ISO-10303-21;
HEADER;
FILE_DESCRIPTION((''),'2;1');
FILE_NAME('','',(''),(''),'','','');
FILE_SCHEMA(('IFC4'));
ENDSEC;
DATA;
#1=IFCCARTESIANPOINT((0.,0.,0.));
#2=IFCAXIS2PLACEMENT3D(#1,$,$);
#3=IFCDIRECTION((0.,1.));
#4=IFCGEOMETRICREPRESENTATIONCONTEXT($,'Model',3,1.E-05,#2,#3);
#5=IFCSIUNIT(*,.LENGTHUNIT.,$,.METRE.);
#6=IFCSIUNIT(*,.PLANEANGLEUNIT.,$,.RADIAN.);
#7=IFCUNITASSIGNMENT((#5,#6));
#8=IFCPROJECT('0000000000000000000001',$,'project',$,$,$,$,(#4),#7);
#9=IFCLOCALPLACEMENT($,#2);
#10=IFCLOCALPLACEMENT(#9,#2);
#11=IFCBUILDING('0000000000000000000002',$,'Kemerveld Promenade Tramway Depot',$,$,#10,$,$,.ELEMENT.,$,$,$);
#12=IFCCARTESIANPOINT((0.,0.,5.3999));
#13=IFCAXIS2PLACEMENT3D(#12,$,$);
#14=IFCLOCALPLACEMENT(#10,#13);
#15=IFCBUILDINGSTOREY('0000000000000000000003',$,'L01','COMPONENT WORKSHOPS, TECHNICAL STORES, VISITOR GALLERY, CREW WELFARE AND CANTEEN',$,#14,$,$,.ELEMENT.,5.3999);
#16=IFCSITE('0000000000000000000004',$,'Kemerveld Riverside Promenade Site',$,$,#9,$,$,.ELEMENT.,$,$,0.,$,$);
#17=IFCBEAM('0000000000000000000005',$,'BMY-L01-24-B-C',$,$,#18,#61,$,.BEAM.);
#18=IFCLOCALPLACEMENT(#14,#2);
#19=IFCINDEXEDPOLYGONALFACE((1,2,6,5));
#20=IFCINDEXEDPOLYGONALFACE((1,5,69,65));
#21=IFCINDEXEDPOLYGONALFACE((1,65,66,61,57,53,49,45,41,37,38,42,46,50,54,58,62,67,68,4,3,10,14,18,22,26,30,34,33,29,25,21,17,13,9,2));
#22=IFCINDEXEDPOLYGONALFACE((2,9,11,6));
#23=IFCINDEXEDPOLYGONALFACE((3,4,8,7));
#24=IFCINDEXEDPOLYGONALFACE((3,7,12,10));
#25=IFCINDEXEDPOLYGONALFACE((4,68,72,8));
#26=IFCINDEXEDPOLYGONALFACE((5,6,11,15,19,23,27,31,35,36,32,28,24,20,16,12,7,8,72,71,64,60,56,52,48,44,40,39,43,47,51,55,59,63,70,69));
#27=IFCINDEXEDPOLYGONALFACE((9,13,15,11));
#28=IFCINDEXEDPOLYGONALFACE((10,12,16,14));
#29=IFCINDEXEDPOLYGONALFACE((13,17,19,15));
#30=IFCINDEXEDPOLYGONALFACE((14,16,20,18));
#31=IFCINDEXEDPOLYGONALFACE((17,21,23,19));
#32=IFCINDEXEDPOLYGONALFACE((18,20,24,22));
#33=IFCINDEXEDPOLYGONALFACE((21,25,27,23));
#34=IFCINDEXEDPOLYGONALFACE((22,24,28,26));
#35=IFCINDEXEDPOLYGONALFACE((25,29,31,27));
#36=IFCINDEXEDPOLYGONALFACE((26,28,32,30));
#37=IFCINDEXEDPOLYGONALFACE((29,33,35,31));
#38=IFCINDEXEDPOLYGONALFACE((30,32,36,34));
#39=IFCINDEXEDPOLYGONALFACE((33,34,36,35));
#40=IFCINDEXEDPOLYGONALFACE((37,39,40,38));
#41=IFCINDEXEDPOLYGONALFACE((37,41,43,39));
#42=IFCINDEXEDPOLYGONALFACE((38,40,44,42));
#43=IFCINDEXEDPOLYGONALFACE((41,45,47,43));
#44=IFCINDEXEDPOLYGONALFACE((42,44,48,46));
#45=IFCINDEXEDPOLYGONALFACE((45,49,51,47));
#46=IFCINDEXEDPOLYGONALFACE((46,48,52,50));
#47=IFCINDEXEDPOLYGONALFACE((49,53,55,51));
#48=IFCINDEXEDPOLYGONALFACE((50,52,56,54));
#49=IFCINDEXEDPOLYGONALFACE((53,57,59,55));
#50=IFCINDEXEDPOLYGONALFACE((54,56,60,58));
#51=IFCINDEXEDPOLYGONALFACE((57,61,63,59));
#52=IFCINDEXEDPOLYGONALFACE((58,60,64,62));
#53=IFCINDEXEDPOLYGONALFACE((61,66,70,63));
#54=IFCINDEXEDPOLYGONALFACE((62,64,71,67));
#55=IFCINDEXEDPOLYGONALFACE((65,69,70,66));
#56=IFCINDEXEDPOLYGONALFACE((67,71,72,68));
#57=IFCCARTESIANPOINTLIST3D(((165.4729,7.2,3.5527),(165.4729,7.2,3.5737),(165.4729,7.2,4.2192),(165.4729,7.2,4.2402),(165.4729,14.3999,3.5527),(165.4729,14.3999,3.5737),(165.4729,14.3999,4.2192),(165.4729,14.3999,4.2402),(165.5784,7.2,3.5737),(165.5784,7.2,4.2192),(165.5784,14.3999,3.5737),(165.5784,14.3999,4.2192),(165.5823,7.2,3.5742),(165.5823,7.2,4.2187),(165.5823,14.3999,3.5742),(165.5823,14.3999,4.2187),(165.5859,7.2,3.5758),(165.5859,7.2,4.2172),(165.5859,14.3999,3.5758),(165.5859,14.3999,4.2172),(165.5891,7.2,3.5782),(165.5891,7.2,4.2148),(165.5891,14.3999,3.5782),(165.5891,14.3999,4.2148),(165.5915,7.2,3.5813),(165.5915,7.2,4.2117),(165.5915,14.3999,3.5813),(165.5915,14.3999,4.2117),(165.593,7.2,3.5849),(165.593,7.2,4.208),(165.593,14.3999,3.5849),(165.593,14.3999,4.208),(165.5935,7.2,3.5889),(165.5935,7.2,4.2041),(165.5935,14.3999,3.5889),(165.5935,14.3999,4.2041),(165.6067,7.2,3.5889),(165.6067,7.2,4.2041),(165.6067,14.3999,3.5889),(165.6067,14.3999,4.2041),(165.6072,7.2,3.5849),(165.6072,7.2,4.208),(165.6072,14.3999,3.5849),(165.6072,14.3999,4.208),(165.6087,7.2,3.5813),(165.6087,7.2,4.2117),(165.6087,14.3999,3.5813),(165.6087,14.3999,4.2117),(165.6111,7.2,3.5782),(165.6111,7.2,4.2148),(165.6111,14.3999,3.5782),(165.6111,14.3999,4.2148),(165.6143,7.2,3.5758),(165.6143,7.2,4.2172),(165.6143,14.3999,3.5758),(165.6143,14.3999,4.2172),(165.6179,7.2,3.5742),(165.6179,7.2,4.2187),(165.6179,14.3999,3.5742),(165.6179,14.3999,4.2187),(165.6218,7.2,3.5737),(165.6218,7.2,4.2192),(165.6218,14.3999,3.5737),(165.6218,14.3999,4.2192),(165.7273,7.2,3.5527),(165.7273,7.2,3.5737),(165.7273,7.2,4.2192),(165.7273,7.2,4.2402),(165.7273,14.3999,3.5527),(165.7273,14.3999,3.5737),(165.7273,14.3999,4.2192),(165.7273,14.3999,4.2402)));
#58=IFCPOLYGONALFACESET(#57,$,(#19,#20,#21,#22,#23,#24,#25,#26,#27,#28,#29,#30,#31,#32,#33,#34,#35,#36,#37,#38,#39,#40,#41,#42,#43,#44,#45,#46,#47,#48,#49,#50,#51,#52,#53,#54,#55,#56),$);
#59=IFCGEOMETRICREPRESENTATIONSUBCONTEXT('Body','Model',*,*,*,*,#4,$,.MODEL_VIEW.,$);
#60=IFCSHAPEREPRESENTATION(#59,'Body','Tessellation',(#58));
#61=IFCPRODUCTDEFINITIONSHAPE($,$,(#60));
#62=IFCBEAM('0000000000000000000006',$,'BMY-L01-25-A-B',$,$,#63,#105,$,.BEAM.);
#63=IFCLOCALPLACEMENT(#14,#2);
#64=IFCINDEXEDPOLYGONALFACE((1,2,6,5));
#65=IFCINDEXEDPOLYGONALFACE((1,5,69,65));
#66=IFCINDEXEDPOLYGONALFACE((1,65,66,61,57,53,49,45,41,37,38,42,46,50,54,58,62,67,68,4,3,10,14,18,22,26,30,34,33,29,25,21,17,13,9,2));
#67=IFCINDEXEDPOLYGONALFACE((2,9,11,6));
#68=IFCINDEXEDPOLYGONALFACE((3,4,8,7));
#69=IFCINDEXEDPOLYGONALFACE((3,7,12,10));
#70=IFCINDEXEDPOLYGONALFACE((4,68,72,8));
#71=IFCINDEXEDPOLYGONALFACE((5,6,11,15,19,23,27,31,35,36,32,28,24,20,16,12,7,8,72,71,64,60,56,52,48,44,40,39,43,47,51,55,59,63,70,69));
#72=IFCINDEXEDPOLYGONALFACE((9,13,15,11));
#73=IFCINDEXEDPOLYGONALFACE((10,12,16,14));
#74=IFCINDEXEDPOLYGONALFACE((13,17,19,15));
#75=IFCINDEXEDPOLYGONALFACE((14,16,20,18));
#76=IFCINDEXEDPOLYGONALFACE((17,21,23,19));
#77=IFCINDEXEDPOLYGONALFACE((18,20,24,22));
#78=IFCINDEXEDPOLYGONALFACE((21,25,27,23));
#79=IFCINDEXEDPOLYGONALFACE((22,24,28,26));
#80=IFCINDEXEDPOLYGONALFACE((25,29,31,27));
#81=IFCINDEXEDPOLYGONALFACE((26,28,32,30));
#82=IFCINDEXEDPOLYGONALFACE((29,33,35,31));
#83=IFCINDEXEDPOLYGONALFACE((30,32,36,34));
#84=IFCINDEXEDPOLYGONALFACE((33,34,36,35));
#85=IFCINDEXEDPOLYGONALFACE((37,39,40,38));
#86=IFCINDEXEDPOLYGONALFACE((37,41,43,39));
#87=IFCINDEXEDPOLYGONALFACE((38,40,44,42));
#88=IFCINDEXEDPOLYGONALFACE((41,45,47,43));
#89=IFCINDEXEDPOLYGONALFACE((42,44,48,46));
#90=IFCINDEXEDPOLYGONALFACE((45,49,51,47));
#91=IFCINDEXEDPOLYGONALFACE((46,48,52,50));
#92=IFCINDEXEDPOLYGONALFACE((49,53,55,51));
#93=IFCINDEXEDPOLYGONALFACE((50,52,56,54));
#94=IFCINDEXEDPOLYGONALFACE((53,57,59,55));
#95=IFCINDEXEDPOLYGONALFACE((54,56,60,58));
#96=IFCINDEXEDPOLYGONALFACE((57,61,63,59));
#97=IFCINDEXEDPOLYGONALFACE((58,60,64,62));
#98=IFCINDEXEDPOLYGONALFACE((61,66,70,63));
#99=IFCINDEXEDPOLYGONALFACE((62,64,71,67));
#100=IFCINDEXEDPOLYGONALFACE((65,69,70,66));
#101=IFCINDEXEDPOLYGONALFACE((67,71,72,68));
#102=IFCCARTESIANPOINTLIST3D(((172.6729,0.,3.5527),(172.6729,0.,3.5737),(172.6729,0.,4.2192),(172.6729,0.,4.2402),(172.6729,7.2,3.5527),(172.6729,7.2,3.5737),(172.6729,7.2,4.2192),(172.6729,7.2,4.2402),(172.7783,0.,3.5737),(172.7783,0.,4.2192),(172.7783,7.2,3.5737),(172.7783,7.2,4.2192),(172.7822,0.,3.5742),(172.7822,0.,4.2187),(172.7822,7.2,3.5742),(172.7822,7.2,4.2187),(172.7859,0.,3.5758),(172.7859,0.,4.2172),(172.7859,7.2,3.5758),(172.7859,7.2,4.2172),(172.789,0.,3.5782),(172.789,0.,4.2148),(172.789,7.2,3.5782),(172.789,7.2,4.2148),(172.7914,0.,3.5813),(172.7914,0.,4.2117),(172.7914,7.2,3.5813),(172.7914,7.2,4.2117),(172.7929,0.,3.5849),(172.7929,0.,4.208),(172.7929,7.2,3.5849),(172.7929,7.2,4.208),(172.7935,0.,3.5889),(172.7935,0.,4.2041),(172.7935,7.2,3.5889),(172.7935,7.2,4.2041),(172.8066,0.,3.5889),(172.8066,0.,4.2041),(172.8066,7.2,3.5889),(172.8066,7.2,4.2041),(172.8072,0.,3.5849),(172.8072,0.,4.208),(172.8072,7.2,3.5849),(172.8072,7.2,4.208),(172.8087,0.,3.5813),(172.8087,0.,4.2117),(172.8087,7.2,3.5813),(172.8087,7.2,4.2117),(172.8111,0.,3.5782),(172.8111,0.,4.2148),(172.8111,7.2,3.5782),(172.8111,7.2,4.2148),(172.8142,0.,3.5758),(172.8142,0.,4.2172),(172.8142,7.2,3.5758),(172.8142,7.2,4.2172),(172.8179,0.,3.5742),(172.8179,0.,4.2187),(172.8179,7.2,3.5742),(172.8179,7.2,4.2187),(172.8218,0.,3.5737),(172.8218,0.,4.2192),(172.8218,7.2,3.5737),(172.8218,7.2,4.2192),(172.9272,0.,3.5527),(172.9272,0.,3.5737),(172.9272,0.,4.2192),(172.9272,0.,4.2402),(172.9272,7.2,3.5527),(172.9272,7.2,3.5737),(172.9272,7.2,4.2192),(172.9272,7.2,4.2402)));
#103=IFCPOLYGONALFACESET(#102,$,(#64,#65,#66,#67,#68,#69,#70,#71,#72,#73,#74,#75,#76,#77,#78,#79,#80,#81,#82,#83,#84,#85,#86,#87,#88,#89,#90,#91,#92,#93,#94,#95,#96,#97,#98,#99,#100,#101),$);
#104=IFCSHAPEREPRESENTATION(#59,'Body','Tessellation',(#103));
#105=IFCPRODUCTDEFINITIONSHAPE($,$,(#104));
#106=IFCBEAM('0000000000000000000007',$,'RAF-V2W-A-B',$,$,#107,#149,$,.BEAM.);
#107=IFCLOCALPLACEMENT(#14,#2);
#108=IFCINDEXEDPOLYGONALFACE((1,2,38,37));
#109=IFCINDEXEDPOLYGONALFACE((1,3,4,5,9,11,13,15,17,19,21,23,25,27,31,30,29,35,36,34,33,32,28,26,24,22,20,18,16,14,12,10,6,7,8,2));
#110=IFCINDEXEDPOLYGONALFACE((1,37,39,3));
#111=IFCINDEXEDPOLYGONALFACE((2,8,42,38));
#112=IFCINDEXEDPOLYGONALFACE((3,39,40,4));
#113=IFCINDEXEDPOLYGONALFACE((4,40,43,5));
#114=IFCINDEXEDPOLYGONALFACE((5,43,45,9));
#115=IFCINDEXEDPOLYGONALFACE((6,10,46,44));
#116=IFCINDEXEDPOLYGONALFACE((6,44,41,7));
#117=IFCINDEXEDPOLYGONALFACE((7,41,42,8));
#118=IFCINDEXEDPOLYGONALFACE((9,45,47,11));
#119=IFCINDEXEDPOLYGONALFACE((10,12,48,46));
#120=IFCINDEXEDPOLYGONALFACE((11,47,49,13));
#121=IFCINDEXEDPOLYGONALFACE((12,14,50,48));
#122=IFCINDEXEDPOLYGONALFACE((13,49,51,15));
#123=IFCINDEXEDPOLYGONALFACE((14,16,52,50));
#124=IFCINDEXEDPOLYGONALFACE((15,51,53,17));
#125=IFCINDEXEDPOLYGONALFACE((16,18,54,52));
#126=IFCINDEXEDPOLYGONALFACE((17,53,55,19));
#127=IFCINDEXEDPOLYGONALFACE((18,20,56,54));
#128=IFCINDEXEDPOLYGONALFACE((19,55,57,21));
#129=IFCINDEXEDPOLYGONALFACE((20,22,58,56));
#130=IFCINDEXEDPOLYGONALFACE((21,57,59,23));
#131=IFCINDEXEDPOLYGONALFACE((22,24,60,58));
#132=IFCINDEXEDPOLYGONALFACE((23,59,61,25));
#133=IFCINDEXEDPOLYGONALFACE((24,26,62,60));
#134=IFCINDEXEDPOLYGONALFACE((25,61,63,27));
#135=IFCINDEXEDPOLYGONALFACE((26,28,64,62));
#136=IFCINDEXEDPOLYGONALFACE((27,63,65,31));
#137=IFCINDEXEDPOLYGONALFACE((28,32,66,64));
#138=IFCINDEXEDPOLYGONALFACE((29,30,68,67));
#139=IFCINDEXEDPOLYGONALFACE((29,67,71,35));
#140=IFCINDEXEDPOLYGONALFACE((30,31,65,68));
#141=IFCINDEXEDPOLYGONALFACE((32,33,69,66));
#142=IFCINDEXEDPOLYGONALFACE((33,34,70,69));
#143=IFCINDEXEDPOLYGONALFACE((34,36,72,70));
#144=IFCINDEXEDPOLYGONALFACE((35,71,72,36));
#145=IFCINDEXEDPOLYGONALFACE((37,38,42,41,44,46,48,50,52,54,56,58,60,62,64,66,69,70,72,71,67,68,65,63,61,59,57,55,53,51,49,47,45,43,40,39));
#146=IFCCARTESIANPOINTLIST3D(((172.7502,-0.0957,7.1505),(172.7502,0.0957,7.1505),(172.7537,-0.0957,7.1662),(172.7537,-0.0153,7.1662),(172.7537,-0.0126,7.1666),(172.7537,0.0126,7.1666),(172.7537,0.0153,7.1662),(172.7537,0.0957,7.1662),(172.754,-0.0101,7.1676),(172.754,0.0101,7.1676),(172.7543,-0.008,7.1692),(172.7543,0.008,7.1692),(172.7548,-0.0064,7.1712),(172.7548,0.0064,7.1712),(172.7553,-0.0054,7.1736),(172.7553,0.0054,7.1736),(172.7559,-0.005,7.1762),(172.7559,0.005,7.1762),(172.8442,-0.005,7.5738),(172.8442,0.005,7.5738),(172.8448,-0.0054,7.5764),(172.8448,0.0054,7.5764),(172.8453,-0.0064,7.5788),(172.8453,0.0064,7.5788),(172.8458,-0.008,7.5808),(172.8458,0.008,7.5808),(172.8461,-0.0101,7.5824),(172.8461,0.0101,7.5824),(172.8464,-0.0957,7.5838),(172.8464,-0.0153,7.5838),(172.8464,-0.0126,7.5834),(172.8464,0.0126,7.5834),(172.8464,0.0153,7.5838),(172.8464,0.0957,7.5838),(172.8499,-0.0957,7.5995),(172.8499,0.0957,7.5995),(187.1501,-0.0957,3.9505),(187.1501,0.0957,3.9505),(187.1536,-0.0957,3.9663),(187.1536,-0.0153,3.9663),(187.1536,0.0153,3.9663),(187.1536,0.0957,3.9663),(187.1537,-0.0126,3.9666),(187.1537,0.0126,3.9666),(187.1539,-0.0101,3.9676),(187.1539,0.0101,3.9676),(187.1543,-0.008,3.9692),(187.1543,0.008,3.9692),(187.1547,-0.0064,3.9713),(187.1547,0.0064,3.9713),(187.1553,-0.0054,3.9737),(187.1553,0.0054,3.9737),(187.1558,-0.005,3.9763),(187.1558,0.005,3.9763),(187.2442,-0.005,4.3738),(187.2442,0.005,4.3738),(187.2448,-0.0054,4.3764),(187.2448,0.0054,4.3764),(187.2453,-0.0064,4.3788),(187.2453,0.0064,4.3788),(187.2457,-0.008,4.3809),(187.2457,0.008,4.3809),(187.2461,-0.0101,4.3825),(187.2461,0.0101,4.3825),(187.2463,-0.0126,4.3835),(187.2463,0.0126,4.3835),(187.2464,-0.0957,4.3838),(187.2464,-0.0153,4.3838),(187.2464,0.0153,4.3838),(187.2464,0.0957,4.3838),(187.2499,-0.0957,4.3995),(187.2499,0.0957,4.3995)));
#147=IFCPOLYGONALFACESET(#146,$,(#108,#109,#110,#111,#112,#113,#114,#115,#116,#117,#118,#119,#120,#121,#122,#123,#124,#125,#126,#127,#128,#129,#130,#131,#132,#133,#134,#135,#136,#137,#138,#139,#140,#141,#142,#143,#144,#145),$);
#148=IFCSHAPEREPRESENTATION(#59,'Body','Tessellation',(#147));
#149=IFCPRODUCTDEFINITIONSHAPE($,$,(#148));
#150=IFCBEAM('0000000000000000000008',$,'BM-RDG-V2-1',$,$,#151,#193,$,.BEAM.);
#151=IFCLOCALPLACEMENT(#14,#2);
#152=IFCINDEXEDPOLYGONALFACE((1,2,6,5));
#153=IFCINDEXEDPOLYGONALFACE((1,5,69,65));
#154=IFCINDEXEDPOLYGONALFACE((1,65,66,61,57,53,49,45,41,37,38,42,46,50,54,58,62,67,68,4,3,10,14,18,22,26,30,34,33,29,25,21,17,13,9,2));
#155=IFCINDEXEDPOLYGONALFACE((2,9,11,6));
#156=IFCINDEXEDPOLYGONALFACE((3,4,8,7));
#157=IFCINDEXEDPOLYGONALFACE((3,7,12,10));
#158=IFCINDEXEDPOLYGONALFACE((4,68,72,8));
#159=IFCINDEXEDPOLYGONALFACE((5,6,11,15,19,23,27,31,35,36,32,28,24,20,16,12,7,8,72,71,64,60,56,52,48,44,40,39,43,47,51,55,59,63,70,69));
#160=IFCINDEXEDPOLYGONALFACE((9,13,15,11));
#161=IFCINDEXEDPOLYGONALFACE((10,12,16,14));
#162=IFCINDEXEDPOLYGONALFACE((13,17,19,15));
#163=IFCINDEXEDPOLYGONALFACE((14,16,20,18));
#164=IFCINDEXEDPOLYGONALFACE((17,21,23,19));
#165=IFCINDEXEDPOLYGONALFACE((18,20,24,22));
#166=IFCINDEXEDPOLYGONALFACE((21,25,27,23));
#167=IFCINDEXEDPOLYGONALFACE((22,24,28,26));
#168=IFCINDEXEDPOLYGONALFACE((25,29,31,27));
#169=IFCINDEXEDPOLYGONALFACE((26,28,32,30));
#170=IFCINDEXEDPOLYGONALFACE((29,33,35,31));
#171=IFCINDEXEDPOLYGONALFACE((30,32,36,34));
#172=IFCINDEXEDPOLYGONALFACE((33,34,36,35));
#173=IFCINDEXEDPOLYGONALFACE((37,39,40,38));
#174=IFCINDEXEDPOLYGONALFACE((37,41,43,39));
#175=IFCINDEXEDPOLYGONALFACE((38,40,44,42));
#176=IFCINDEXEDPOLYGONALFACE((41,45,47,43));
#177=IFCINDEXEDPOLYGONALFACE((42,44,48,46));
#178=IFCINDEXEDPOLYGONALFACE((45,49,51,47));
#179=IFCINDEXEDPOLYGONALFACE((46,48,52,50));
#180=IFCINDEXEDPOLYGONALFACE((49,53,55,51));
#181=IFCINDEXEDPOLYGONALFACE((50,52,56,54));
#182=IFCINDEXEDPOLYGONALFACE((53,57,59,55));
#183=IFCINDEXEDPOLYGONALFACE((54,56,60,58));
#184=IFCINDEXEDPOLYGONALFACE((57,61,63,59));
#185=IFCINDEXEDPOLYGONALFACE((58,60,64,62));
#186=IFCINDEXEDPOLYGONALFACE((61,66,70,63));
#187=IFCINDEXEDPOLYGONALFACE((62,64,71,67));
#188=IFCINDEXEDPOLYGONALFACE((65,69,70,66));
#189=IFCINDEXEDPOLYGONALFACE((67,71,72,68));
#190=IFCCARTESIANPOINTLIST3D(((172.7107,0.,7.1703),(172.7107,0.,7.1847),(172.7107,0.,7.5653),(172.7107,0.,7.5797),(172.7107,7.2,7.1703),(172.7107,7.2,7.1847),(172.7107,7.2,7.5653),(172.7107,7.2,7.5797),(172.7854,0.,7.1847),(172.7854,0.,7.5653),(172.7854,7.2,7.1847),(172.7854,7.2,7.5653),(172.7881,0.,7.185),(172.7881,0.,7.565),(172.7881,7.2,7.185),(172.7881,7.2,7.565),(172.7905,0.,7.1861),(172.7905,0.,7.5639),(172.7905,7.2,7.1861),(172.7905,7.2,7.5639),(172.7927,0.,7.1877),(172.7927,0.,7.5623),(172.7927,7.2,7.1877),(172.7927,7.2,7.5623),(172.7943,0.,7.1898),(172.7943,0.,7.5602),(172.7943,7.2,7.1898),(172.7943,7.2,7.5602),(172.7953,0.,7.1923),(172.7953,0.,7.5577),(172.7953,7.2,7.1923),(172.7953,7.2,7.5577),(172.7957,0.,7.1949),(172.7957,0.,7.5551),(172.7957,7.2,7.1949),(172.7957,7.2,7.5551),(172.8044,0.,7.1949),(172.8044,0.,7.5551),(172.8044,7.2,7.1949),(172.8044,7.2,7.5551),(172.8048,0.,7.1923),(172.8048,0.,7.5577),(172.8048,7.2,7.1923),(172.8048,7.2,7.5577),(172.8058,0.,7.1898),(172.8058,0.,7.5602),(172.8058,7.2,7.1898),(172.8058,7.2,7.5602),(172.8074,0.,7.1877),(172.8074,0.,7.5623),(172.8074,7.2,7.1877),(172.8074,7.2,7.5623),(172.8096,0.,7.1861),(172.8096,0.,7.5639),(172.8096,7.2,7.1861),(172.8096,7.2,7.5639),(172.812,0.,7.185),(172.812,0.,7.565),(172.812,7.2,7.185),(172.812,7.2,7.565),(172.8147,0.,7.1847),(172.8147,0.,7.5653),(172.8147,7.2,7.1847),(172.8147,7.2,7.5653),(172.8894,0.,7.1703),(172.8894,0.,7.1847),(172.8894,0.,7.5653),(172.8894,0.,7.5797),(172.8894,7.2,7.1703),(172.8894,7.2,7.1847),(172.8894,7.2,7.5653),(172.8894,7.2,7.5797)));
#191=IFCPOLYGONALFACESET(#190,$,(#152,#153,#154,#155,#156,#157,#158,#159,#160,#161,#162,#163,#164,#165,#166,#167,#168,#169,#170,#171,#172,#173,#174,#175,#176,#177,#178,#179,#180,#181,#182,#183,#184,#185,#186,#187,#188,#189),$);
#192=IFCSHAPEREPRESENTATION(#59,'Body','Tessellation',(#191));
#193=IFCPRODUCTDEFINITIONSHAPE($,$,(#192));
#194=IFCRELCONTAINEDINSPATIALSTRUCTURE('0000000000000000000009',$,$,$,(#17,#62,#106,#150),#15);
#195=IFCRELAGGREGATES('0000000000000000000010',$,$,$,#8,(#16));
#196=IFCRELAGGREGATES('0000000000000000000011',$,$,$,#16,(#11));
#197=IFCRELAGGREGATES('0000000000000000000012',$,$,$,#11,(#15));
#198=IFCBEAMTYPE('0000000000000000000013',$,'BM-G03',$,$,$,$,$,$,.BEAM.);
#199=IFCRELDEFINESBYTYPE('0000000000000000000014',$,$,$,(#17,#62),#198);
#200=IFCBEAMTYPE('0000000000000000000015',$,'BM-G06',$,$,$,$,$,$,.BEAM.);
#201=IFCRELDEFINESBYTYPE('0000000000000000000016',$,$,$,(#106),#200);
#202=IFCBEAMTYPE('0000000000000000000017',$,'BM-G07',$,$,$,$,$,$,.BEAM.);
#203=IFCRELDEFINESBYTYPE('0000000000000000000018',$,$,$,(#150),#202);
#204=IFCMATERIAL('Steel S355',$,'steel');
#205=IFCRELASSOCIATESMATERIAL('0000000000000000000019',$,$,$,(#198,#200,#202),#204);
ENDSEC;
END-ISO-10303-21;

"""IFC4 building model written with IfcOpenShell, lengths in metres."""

from ifc_helpers import new_model, si_unit, direction, frame, origin, origin_2d, place, context, subcontext, project, spatial, i_section, extrude, material, material_profile, profile_set, type_object, element, save


model = new_model("IFC4")

# Units and contexts
model_context = context("Model", 3, precision=1e-05, world=origin(), true_north=direction((0.0, 1.0)))
body_context = subcontext(model_context, "Body", "Model", "MODEL_VIEW")
ifc_project = project(units=[si_unit("LENGTHUNIT", "METRE"), si_unit("PLANEANGLEUNIT", "RADIAN")], contexts=[model_context])

# Site, building, storey
site_placement = place(None, origin())
site = spatial("IfcSite", under=ifc_project, at=site_placement, Name="Kemerveld Riverside Promenade Site", CompositionType="ELEMENT", RefElevation=0.0)
building_placement = place(site_placement, origin())
building = spatial("IfcBuilding", under=site, at=building_placement, Name="Kemerveld Promenade Tramway Depot", CompositionType="ELEMENT")
storey_placement = place(building_placement, frame((0.0, 0.0, 5.3999)))
storey = spatial("IfcBuildingStorey", under=building, at=storey_placement, Name="L01", Description="COMPONENT WORKSHOPS, TECHNICAL STORES, VISITOR GALLERY, CREW WELFARE AND CANTEEN", CompositionType="ELEMENT", Elevation=5.3999)

# Shared definitions
ifc_material_1 = material(Name="Steel S355", Category="steel")

# Beams
ifc_material_profile_1 = material_profile(ifc_material_1, i_section(OverallWidth=0.2544, OverallDepth=0.6875, WebThickness=0.0132, FlangeThickness=0.021, FilletRadius=0.0151, at=origin_2d()), Name="686x254x152 UB")
ifc_profile_set_1 = profile_set([ifc_material_profile_1], Name="Steel S355")
beam_type_1 = type_object("IfcBeamType", Name="BM-G03", PredefinedType="BEAM", material=ifc_profile_set_1)
for number, where, z_axis, x_axis, name in (
    (1, (165.6001, 7.2, 3.8965), (0.0, 1.0, 0.0), (-1.0, 0.0, 0.0), "BMY-L01-24-B-C"),
    (2, (172.8, 0.0, 3.8965), (0.0, 1.0, 0.0), (-1.0, 0.0, 0.0), "BMY-L01-25-A-B"),
):
    element("IfcBeam", number, at=place(storey_placement, frame(where, z_axis=z_axis, x_axis=x_axis)), inside=storey, type_object=beam_type_1, Name=name, PredefinedType="BEAM", context=body_context, shape_type="SweptSolid", body=[
        extrude(i_section(OverallWidth=0.2544, OverallDepth=0.6875, WebThickness=0.0132, FlangeThickness=0.021, FilletRadius=0.0151, at=origin_2d()), origin(), (0.0, 0.0, 1.0), 7.2),
    ])
ifc_material_profile_2 = material_profile(ifc_material_1, i_section(OverallWidth=0.1914, OverallDepth=0.46, WebThickness=0.01, FlangeThickness=0.0161, FilletRadius=0.0103, at=origin_2d()), Name="457x191x82 UB")
ifc_profile_set_2 = profile_set([ifc_material_profile_2], Name="Steel S355")
beam_type_2 = type_object("IfcBeamType", Name="BM-G06", PredefinedType="BEAM", material=ifc_profile_set_2)
beam_1_placement = place(storey_placement, frame((172.8, 0.0, 7.375), z_axis=(0.976187, 0.0, -0.216929), x_axis=(0.0, 1.0, 0.0)))
element("IfcBeam", 3, at=beam_1_placement, inside=storey, type_object=beam_type_2, Name="RAF-V2W-A-B", PredefinedType="BEAM", context=body_context, shape_type="SweptSolid", body=[
    extrude(i_section(OverallWidth=0.1914, OverallDepth=0.46, WebThickness=0.01, FlangeThickness=0.0161, FilletRadius=0.0103, at=origin_2d()), origin(), (0.0, 0.0, 1.0), 14.7512),
])
ifc_material_profile_3 = material_profile(ifc_material_1, i_section(OverallWidth=0.1787, OverallDepth=0.4094, WebThickness=0.0088, FlangeThickness=0.0144, FilletRadius=0.0103, at=origin_2d()), Name="406x178x67 UB")
ifc_profile_set_3 = profile_set([ifc_material_profile_3], Name="Steel S355")
beam_type_3 = type_object("IfcBeamType", Name="BM-G07", PredefinedType="BEAM", material=ifc_profile_set_3)
beam_2_placement = place(storey_placement, frame((172.8, 0.0, 7.375), z_axis=(0.0, 1.0, 0.0), x_axis=(-1.0, 0.0, 0.0)))
element("IfcBeam", 4, at=beam_2_placement, inside=storey, type_object=beam_type_3, Name="BM-RDG-V2-1", PredefinedType="BEAM", context=body_context, shape_type="SweptSolid", body=[
    extrude(i_section(OverallWidth=0.1787, OverallDepth=0.4094, WebThickness=0.0088, FlangeThickness=0.0144, FilletRadius=0.0103, at=origin_2d()), origin(), (0.0, 0.0, 1.0), 7.2),
])

save(model, "model.ifc")
